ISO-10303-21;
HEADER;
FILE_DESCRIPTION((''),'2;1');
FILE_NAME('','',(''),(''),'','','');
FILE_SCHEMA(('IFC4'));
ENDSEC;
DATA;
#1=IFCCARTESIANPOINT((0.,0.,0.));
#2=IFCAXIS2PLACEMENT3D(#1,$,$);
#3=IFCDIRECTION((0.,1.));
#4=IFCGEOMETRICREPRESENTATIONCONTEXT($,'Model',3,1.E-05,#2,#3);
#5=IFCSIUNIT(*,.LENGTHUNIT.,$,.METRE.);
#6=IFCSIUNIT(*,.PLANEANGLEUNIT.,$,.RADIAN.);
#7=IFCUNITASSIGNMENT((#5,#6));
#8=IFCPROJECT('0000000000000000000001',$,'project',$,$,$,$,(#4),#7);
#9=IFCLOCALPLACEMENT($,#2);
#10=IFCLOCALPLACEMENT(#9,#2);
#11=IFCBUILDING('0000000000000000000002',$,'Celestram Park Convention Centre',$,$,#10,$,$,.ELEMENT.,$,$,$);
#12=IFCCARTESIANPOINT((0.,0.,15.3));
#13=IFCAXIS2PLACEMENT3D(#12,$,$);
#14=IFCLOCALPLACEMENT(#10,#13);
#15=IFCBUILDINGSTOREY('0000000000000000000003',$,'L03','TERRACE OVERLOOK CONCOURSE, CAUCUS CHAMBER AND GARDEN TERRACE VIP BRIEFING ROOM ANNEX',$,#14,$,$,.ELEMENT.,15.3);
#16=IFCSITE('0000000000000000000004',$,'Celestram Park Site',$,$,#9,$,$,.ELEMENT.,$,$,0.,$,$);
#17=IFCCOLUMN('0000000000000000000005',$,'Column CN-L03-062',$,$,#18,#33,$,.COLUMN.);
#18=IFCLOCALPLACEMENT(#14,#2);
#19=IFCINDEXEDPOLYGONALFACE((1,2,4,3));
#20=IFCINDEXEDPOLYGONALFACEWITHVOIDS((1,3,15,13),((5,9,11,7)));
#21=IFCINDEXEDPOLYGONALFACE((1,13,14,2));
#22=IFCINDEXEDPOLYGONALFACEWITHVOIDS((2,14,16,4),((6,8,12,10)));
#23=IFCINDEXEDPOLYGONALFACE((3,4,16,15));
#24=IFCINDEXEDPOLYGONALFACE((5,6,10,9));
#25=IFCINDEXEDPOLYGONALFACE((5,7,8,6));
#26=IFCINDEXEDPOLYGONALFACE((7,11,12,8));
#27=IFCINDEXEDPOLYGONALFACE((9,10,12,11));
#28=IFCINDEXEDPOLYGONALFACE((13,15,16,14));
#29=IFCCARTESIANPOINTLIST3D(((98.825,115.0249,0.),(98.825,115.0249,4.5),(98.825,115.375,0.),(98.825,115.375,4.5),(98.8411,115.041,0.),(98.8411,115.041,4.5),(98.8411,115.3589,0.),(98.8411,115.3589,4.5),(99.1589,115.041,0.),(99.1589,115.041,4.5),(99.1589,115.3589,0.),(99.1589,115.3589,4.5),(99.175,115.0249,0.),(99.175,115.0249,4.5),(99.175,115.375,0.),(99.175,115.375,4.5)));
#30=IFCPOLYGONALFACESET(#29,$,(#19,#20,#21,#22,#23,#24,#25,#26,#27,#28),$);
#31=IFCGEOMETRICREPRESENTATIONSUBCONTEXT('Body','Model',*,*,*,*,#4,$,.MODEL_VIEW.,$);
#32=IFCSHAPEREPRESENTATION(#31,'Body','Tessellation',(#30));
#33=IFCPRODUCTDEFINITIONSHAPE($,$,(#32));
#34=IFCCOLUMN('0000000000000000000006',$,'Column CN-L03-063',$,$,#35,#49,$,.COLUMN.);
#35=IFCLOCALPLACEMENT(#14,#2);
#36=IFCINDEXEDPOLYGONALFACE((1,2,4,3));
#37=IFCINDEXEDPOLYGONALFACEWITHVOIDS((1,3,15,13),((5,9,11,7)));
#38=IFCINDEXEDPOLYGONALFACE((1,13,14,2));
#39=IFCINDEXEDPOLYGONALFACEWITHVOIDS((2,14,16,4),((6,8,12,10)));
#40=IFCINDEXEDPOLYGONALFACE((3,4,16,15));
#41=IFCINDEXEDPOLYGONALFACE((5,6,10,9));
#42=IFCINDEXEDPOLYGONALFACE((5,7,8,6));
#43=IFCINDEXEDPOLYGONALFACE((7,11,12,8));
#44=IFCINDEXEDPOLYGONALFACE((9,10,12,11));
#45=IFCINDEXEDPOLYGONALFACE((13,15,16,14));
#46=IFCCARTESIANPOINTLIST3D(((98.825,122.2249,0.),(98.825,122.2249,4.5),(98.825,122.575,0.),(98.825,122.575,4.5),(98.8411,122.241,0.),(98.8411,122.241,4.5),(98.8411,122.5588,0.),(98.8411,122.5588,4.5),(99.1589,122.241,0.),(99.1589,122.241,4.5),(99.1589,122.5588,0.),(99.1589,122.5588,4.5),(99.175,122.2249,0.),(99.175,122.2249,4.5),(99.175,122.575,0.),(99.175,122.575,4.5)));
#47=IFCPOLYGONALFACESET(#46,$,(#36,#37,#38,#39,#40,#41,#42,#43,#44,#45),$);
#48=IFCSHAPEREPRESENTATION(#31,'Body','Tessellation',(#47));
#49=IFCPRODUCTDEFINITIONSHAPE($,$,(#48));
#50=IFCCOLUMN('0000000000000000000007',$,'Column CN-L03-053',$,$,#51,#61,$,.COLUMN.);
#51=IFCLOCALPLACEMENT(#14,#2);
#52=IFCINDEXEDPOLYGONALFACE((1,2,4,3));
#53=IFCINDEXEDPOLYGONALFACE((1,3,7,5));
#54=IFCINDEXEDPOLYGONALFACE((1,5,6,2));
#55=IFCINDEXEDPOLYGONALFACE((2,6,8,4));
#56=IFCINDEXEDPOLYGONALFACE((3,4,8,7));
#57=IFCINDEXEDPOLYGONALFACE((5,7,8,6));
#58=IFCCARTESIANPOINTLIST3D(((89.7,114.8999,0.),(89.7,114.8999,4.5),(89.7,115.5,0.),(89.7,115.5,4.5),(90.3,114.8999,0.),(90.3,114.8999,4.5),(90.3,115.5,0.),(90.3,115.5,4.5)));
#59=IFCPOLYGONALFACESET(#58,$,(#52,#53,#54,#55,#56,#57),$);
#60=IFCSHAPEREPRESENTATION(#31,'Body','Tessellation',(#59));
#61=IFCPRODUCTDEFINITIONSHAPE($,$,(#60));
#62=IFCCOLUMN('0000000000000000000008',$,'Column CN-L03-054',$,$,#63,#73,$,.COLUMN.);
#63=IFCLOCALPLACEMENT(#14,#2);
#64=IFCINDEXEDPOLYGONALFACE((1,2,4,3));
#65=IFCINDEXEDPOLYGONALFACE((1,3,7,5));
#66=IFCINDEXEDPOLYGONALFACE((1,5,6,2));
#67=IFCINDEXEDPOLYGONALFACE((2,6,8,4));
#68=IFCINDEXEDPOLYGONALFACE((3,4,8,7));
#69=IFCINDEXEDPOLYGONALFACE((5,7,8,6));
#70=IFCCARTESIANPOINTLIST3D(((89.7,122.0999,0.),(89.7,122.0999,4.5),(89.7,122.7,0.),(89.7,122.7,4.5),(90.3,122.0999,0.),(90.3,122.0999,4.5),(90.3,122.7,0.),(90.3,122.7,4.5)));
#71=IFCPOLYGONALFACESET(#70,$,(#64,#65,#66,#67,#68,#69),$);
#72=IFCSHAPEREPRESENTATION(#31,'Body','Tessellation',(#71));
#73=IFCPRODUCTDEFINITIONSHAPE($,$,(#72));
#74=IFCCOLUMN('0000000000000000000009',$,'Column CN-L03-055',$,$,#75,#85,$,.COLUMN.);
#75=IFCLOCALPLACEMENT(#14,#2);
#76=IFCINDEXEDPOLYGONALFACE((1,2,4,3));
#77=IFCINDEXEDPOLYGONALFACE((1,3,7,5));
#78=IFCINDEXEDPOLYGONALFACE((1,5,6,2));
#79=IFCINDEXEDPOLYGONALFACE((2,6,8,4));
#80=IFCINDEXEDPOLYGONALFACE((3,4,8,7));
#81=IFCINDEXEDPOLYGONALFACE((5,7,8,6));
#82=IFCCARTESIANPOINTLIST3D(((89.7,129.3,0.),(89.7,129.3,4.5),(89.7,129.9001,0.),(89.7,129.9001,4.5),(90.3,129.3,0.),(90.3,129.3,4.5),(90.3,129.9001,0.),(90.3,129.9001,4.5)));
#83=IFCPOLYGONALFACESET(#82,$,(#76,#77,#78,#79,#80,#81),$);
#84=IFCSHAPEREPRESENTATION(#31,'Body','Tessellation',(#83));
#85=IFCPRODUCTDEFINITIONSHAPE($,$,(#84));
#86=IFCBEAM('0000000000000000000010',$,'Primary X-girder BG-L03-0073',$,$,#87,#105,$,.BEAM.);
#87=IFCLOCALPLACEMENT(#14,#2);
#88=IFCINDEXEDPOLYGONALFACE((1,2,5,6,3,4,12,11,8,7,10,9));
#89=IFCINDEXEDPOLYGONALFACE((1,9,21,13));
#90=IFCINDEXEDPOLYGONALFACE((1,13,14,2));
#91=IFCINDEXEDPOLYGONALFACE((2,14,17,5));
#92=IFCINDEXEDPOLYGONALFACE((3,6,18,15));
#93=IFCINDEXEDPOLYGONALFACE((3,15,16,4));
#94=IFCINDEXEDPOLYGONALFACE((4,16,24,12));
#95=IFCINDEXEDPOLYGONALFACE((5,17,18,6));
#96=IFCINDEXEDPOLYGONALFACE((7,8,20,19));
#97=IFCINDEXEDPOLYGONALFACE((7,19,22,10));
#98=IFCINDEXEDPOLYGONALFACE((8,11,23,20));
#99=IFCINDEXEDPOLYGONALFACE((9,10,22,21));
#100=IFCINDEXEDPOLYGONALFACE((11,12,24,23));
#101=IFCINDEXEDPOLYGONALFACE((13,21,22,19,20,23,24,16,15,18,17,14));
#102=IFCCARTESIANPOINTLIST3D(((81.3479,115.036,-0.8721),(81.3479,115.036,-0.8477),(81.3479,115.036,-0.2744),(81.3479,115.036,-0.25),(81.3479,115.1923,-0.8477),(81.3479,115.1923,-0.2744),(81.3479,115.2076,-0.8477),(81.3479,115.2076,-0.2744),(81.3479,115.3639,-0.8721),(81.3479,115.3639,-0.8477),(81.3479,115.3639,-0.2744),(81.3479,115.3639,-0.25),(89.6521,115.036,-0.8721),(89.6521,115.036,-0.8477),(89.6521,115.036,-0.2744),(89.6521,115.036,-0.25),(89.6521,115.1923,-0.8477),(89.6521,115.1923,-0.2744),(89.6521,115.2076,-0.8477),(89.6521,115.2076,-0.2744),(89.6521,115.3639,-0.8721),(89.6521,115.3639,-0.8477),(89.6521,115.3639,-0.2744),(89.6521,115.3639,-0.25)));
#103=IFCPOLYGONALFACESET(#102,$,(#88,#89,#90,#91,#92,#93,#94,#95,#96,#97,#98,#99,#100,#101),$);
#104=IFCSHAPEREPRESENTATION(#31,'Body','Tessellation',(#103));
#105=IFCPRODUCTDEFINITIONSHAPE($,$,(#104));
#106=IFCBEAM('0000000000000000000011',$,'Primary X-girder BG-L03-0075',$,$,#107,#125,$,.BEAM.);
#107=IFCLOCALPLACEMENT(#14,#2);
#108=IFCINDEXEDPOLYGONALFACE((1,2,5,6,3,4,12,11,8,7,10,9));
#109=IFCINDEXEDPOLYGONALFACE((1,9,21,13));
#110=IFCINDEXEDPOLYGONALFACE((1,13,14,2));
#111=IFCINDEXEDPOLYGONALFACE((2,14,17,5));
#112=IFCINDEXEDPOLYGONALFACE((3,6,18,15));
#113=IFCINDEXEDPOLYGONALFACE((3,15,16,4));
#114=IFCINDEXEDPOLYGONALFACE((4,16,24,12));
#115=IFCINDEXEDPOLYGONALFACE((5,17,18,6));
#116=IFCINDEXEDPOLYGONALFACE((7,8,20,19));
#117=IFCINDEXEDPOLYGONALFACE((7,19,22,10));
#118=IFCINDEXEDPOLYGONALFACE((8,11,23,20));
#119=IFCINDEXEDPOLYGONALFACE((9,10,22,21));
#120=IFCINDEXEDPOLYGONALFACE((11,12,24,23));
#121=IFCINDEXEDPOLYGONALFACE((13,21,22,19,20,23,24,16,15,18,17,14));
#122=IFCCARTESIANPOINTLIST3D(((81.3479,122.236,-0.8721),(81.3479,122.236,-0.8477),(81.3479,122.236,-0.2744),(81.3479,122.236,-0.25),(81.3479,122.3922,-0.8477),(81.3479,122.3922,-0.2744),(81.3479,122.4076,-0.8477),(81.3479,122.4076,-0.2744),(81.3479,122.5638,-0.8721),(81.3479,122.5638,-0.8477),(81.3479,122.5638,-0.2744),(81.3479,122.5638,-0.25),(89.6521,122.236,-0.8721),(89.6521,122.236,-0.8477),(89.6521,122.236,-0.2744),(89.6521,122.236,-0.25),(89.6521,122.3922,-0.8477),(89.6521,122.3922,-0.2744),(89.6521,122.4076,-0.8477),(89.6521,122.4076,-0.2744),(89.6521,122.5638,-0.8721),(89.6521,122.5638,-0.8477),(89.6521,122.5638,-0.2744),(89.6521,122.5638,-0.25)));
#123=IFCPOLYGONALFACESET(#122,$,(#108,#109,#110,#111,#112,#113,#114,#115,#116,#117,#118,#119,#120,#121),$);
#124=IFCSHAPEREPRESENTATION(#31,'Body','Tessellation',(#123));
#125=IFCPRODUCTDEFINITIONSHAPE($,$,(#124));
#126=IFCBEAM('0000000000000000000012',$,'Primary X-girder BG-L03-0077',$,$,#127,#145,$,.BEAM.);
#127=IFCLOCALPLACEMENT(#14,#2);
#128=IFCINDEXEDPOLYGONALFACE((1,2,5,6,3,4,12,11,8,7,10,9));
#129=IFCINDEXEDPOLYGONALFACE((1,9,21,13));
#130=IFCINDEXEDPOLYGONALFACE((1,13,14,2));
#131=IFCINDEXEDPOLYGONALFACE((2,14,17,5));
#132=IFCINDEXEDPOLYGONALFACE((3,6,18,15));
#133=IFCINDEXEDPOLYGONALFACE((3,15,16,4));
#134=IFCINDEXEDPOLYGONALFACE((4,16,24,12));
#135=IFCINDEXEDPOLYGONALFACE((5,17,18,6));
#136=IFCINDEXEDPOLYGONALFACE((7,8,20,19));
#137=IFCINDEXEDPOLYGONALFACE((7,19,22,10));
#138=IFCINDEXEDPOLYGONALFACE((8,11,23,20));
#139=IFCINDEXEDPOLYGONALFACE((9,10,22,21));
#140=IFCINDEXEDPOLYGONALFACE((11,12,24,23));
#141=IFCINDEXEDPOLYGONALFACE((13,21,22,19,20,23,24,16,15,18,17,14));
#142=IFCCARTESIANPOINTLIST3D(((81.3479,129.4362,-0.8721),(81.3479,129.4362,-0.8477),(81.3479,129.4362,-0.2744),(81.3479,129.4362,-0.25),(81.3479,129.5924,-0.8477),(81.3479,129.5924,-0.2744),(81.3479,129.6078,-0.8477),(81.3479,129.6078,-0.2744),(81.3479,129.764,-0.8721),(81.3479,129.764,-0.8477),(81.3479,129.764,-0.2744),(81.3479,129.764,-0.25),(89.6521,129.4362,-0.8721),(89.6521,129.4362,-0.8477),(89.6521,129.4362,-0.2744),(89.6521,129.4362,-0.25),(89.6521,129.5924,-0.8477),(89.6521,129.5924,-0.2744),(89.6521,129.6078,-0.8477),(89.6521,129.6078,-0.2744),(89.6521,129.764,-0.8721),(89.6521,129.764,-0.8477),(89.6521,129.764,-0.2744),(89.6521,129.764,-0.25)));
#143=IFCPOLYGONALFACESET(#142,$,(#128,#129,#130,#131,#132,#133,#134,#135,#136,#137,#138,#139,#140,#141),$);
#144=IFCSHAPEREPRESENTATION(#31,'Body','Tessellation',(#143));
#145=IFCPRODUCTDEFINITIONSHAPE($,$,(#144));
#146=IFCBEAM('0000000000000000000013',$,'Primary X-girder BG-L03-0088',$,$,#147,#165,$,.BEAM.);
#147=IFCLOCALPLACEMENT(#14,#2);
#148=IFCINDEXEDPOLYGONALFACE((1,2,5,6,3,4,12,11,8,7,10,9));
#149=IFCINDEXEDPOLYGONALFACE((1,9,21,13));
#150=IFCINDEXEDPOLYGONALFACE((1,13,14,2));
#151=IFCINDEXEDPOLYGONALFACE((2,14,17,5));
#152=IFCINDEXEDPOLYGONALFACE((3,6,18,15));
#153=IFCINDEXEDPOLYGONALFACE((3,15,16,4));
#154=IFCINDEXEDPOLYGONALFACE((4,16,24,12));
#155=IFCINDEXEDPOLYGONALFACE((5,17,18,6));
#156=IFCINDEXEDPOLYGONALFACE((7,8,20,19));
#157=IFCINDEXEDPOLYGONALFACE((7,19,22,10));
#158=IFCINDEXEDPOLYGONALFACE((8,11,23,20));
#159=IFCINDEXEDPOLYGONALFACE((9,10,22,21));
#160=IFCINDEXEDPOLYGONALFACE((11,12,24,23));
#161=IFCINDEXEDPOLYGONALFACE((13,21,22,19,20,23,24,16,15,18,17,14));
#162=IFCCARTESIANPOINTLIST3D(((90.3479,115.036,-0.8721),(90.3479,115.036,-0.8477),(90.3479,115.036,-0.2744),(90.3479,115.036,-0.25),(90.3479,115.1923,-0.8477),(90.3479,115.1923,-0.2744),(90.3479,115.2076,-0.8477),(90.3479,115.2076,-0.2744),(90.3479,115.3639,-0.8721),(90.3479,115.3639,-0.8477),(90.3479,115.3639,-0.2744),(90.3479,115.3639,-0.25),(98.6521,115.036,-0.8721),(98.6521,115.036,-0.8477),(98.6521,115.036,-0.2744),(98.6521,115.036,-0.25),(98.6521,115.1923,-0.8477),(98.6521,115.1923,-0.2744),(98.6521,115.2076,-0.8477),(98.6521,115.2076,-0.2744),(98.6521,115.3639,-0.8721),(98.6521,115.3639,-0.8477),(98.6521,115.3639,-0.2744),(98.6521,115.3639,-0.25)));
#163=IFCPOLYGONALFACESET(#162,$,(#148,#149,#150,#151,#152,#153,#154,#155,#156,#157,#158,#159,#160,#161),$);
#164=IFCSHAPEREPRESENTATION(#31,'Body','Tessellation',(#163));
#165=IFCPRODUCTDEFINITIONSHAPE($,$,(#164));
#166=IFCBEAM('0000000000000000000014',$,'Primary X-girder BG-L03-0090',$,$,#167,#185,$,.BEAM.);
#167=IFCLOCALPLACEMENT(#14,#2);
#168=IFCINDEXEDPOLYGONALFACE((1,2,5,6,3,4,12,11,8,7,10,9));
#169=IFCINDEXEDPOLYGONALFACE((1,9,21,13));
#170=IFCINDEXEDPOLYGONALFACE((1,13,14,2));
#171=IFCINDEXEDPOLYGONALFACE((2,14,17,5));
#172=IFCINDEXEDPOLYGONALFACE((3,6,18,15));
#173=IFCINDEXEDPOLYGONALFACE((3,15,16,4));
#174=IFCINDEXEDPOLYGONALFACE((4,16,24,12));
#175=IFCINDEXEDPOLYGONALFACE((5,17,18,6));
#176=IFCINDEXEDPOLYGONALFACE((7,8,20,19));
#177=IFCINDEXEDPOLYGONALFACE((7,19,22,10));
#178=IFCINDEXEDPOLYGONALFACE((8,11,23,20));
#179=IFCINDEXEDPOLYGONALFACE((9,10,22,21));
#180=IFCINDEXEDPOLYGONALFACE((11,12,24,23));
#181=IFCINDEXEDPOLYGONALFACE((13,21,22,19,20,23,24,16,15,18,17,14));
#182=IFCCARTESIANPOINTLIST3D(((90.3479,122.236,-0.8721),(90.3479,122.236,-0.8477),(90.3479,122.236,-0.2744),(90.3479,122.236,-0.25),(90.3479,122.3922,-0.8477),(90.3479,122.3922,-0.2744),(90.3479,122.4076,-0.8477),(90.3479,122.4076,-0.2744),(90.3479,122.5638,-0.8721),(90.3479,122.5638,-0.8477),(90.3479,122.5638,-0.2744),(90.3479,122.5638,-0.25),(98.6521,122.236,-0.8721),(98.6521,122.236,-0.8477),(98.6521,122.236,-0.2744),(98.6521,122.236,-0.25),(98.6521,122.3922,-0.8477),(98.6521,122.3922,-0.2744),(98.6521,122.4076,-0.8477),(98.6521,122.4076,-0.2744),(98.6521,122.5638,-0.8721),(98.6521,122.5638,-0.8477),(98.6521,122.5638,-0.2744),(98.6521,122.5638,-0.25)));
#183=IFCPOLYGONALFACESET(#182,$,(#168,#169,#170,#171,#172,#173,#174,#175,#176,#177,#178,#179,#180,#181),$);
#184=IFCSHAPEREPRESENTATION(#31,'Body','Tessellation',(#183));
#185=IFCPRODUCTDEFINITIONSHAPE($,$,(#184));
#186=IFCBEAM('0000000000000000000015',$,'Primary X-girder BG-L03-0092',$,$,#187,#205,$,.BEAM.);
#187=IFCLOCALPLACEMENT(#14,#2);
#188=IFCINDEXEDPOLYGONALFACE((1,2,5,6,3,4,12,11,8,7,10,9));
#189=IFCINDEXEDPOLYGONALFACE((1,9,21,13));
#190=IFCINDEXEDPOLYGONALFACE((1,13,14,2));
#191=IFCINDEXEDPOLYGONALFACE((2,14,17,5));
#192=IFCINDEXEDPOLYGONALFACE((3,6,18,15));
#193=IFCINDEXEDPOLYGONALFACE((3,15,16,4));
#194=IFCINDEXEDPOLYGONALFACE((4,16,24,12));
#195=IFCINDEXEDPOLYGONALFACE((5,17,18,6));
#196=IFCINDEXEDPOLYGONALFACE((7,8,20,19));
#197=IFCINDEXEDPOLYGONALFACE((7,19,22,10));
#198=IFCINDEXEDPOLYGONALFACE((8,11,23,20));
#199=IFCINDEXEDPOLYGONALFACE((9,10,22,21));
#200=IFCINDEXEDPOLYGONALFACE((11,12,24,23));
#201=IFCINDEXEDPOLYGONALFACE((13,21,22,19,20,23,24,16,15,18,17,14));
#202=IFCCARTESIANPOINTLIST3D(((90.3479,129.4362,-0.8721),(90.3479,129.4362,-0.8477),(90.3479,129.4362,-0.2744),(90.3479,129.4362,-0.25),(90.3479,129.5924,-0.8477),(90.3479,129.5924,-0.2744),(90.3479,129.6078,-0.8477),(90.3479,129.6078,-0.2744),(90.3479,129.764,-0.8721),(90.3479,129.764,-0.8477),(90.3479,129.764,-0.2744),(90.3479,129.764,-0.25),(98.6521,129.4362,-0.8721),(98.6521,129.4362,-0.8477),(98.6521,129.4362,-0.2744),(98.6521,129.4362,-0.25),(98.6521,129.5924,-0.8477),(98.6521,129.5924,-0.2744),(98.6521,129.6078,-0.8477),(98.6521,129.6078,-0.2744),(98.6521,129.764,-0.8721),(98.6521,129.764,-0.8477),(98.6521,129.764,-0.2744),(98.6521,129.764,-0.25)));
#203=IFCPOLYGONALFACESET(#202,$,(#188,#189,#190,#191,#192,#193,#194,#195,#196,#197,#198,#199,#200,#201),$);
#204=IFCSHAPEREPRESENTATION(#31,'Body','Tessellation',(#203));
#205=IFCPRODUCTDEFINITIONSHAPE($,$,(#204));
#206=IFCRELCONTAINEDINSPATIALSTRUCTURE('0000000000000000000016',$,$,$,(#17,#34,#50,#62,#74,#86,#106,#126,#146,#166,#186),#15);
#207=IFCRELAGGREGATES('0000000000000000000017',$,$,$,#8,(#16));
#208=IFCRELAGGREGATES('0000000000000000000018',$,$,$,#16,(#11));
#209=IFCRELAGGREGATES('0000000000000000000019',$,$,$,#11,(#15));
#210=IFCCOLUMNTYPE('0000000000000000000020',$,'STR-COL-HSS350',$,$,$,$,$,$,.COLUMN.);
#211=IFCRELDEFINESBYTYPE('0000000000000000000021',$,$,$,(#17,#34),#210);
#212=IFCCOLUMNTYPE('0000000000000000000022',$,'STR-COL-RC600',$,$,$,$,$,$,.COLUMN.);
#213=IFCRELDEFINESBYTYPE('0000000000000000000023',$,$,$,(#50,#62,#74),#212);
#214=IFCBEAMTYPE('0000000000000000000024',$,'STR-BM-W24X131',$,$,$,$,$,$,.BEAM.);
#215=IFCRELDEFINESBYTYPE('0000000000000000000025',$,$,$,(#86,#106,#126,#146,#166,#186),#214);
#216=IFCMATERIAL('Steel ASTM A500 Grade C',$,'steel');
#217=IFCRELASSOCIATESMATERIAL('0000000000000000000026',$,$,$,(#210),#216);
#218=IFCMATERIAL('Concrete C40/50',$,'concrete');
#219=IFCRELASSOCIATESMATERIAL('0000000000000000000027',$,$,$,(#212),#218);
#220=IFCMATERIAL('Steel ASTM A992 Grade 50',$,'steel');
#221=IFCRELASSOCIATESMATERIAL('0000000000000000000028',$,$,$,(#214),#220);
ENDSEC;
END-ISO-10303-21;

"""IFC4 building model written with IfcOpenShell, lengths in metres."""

from ifc_helpers import new_model, si_unit, direction, frame, origin, origin_2d, place, context, subcontext, project, spatial, rectangle, hollow_rectangle, i_section, extrude, material, material_profile, profile_set, type_object, element, save


model = new_model("IFC4")

# Units and contexts
model_context = context("Model", 3, precision=1e-05, world=origin(), true_north=direction((0.0, 1.0)))
body_context = subcontext(model_context, "Body", "Model", "MODEL_VIEW")
ifc_project = project(units=[si_unit("LENGTHUNIT", "METRE"), si_unit("PLANEANGLEUNIT", "RADIAN")], contexts=[model_context])

# Site, building, storey
site_placement = place(None, origin())
site = spatial("IfcSite", under=ifc_project, at=site_placement, Name="Celestram Park Site", CompositionType="ELEMENT", RefElevation=0.0)
building_placement = place(site_placement, origin())
building = spatial("IfcBuilding", under=site, at=building_placement, Name="Celestram Park Convention Centre", CompositionType="ELEMENT")
storey_placement = place(building_placement, frame((0.0, 0.0, 15.3)))
storey = spatial("IfcBuildingStorey", under=building, at=storey_placement, Name="L03", Description="TERRACE OVERLOOK CONCOURSE, CAUCUS CHAMBER AND GARDEN TERRACE VIP BRIEFING ROOM ANNEX", CompositionType="ELEMENT", Elevation=15.3)

# Columns
ifc_material_1 = material(Name="Steel ASTM A500 Grade C", Category="steel")
ifc_material_profile_1 = material_profile(ifc_material_1, hollow_rectangle(XDim=0.3501, YDim=0.3501, WallThickness=0.0161, at=origin_2d()), Name="HSS350X350X16")
ifc_profile_set_1 = profile_set([ifc_material_profile_1], Name="Steel ASTM A500 Grade C")
column_type_1 = type_object("IfcColumnType", Name="STR-COL-HSS350", PredefinedType="COLUMN", material=ifc_profile_set_1)
for number, where, z_axis, x_axis, name in (
    (1, (99.0, 115.2, 0.0), (0.0, 0.0, 1.0), (1.0, 0.0, 0.0), "Column CN-L03-062"),
    (2, (99.0, 122.3999, 0.0), (0.0, 0.0, 1.0), (1.0, 0.0, 0.0), "Column CN-L03-063"),
):
    element("IfcColumn", number, at=place(storey_placement, frame(where, z_axis=z_axis, x_axis=x_axis)), inside=storey, type_object=column_type_1, Name=name, PredefinedType="COLUMN", context=body_context, shape_type="SweptSolid", body=[
        extrude(hollow_rectangle(XDim=0.3501, YDim=0.3501, WallThickness=0.0161, at=origin_2d()), origin(), (0.0, 0.0, 1.0), 4.5),
    ])
ifc_material_2 = material(Name="Concrete C40/50", Category="concrete")
ifc_material_profile_2 = material_profile(ifc_material_2, rectangle(XDim=0.6001, YDim=0.6001, at=origin_2d()), Name="RC600X600")
ifc_profile_set_2 = profile_set([ifc_material_profile_2], Name="Concrete C40/50")
column_type_2 = type_object("IfcColumnType", Name="STR-COL-RC600", PredefinedType="COLUMN", material=ifc_profile_set_2)
for number, where, z_axis, x_axis, name in (
    (3, (90.0, 115.2, 0.0), (0.0, 0.0, 1.0), (1.0, 0.0, 0.0), "Column CN-L03-053"),
    (4, (90.0, 122.3999, 0.0), (0.0, 0.0, 1.0), (1.0, 0.0, 0.0), "Column CN-L03-054"),
    (5, (90.0, 129.6001, 0.0), (0.0, 0.0, 1.0), (1.0, 0.0, 0.0), "Column CN-L03-055"),
):
    element("IfcColumn", number, at=place(storey_placement, frame(where, z_axis=z_axis, x_axis=x_axis)), inside=storey, type_object=column_type_2, Name=name, PredefinedType="COLUMN", context=body_context, shape_type="SweptSolid", body=[
        extrude(rectangle(XDim=0.6001, YDim=0.6001, at=origin_2d()), origin(), (0.0, 0.0, 1.0), 4.5),
    ])

# Beams
ifc_material_3 = material(Name="Steel ASTM A992 Grade 50", Category="steel")
ifc_material_profile_3 = material_profile(ifc_material_3, i_section(OverallWidth=0.3279, OverallDepth=0.6221, WebThickness=0.0154, FlangeThickness=0.0244, at=origin_2d()), Name="W24X131")
ifc_profile_set_3 = profile_set([ifc_material_profile_3], Name="Steel ASTM A992 Grade 50")
beam_type_1 = type_object("IfcBeamType", Name="STR-BM-W24X131", PredefinedType="BEAM", material=ifc_profile_set_3)
for number, where, z_axis, x_axis, name in (
    (6, (81.3479, 115.2, -0.561), (1.0, 0.0, 0.0), (0.0, 1.0, 0.0), "Primary X-girder BG-L03-0073"),
    (7, (81.3479, 122.3999, -0.561), (1.0, 0.0, 0.0), (0.0, 1.0, 0.0), "Primary X-girder BG-L03-0075"),
    (8, (81.3479, 129.6001, -0.561), (1.0, 0.0, 0.0), (0.0, 1.0, 0.0), "Primary X-girder BG-L03-0077"),
    (9, (90.3479, 115.2, -0.561), (1.0, 0.0, 0.0), (0.0, 1.0, 0.0), "Primary X-girder BG-L03-0088"),
    (10, (90.3479, 122.3999, -0.561), (1.0, 0.0, 0.0), (0.0, 1.0, 0.0), "Primary X-girder BG-L03-0090"),
    (11, (90.3479, 129.6001, -0.561), (1.0, 0.0, 0.0), (0.0, 1.0, 0.0), "Primary X-girder BG-L03-0092"),
):
    element("IfcBeam", number, at=place(storey_placement, frame(where, z_axis=z_axis, x_axis=x_axis)), inside=storey, type_object=beam_type_1, Name=name, PredefinedType="BEAM", context=body_context, shape_type="SweptSolid", body=[
        extrude(i_section(OverallWidth=0.3279, OverallDepth=0.6221, WebThickness=0.0154, FlangeThickness=0.0244, at=origin_2d()), origin(), (0.0, 0.0, 1.0), 8.3042),
    ])

save(model, "model.ifc")
